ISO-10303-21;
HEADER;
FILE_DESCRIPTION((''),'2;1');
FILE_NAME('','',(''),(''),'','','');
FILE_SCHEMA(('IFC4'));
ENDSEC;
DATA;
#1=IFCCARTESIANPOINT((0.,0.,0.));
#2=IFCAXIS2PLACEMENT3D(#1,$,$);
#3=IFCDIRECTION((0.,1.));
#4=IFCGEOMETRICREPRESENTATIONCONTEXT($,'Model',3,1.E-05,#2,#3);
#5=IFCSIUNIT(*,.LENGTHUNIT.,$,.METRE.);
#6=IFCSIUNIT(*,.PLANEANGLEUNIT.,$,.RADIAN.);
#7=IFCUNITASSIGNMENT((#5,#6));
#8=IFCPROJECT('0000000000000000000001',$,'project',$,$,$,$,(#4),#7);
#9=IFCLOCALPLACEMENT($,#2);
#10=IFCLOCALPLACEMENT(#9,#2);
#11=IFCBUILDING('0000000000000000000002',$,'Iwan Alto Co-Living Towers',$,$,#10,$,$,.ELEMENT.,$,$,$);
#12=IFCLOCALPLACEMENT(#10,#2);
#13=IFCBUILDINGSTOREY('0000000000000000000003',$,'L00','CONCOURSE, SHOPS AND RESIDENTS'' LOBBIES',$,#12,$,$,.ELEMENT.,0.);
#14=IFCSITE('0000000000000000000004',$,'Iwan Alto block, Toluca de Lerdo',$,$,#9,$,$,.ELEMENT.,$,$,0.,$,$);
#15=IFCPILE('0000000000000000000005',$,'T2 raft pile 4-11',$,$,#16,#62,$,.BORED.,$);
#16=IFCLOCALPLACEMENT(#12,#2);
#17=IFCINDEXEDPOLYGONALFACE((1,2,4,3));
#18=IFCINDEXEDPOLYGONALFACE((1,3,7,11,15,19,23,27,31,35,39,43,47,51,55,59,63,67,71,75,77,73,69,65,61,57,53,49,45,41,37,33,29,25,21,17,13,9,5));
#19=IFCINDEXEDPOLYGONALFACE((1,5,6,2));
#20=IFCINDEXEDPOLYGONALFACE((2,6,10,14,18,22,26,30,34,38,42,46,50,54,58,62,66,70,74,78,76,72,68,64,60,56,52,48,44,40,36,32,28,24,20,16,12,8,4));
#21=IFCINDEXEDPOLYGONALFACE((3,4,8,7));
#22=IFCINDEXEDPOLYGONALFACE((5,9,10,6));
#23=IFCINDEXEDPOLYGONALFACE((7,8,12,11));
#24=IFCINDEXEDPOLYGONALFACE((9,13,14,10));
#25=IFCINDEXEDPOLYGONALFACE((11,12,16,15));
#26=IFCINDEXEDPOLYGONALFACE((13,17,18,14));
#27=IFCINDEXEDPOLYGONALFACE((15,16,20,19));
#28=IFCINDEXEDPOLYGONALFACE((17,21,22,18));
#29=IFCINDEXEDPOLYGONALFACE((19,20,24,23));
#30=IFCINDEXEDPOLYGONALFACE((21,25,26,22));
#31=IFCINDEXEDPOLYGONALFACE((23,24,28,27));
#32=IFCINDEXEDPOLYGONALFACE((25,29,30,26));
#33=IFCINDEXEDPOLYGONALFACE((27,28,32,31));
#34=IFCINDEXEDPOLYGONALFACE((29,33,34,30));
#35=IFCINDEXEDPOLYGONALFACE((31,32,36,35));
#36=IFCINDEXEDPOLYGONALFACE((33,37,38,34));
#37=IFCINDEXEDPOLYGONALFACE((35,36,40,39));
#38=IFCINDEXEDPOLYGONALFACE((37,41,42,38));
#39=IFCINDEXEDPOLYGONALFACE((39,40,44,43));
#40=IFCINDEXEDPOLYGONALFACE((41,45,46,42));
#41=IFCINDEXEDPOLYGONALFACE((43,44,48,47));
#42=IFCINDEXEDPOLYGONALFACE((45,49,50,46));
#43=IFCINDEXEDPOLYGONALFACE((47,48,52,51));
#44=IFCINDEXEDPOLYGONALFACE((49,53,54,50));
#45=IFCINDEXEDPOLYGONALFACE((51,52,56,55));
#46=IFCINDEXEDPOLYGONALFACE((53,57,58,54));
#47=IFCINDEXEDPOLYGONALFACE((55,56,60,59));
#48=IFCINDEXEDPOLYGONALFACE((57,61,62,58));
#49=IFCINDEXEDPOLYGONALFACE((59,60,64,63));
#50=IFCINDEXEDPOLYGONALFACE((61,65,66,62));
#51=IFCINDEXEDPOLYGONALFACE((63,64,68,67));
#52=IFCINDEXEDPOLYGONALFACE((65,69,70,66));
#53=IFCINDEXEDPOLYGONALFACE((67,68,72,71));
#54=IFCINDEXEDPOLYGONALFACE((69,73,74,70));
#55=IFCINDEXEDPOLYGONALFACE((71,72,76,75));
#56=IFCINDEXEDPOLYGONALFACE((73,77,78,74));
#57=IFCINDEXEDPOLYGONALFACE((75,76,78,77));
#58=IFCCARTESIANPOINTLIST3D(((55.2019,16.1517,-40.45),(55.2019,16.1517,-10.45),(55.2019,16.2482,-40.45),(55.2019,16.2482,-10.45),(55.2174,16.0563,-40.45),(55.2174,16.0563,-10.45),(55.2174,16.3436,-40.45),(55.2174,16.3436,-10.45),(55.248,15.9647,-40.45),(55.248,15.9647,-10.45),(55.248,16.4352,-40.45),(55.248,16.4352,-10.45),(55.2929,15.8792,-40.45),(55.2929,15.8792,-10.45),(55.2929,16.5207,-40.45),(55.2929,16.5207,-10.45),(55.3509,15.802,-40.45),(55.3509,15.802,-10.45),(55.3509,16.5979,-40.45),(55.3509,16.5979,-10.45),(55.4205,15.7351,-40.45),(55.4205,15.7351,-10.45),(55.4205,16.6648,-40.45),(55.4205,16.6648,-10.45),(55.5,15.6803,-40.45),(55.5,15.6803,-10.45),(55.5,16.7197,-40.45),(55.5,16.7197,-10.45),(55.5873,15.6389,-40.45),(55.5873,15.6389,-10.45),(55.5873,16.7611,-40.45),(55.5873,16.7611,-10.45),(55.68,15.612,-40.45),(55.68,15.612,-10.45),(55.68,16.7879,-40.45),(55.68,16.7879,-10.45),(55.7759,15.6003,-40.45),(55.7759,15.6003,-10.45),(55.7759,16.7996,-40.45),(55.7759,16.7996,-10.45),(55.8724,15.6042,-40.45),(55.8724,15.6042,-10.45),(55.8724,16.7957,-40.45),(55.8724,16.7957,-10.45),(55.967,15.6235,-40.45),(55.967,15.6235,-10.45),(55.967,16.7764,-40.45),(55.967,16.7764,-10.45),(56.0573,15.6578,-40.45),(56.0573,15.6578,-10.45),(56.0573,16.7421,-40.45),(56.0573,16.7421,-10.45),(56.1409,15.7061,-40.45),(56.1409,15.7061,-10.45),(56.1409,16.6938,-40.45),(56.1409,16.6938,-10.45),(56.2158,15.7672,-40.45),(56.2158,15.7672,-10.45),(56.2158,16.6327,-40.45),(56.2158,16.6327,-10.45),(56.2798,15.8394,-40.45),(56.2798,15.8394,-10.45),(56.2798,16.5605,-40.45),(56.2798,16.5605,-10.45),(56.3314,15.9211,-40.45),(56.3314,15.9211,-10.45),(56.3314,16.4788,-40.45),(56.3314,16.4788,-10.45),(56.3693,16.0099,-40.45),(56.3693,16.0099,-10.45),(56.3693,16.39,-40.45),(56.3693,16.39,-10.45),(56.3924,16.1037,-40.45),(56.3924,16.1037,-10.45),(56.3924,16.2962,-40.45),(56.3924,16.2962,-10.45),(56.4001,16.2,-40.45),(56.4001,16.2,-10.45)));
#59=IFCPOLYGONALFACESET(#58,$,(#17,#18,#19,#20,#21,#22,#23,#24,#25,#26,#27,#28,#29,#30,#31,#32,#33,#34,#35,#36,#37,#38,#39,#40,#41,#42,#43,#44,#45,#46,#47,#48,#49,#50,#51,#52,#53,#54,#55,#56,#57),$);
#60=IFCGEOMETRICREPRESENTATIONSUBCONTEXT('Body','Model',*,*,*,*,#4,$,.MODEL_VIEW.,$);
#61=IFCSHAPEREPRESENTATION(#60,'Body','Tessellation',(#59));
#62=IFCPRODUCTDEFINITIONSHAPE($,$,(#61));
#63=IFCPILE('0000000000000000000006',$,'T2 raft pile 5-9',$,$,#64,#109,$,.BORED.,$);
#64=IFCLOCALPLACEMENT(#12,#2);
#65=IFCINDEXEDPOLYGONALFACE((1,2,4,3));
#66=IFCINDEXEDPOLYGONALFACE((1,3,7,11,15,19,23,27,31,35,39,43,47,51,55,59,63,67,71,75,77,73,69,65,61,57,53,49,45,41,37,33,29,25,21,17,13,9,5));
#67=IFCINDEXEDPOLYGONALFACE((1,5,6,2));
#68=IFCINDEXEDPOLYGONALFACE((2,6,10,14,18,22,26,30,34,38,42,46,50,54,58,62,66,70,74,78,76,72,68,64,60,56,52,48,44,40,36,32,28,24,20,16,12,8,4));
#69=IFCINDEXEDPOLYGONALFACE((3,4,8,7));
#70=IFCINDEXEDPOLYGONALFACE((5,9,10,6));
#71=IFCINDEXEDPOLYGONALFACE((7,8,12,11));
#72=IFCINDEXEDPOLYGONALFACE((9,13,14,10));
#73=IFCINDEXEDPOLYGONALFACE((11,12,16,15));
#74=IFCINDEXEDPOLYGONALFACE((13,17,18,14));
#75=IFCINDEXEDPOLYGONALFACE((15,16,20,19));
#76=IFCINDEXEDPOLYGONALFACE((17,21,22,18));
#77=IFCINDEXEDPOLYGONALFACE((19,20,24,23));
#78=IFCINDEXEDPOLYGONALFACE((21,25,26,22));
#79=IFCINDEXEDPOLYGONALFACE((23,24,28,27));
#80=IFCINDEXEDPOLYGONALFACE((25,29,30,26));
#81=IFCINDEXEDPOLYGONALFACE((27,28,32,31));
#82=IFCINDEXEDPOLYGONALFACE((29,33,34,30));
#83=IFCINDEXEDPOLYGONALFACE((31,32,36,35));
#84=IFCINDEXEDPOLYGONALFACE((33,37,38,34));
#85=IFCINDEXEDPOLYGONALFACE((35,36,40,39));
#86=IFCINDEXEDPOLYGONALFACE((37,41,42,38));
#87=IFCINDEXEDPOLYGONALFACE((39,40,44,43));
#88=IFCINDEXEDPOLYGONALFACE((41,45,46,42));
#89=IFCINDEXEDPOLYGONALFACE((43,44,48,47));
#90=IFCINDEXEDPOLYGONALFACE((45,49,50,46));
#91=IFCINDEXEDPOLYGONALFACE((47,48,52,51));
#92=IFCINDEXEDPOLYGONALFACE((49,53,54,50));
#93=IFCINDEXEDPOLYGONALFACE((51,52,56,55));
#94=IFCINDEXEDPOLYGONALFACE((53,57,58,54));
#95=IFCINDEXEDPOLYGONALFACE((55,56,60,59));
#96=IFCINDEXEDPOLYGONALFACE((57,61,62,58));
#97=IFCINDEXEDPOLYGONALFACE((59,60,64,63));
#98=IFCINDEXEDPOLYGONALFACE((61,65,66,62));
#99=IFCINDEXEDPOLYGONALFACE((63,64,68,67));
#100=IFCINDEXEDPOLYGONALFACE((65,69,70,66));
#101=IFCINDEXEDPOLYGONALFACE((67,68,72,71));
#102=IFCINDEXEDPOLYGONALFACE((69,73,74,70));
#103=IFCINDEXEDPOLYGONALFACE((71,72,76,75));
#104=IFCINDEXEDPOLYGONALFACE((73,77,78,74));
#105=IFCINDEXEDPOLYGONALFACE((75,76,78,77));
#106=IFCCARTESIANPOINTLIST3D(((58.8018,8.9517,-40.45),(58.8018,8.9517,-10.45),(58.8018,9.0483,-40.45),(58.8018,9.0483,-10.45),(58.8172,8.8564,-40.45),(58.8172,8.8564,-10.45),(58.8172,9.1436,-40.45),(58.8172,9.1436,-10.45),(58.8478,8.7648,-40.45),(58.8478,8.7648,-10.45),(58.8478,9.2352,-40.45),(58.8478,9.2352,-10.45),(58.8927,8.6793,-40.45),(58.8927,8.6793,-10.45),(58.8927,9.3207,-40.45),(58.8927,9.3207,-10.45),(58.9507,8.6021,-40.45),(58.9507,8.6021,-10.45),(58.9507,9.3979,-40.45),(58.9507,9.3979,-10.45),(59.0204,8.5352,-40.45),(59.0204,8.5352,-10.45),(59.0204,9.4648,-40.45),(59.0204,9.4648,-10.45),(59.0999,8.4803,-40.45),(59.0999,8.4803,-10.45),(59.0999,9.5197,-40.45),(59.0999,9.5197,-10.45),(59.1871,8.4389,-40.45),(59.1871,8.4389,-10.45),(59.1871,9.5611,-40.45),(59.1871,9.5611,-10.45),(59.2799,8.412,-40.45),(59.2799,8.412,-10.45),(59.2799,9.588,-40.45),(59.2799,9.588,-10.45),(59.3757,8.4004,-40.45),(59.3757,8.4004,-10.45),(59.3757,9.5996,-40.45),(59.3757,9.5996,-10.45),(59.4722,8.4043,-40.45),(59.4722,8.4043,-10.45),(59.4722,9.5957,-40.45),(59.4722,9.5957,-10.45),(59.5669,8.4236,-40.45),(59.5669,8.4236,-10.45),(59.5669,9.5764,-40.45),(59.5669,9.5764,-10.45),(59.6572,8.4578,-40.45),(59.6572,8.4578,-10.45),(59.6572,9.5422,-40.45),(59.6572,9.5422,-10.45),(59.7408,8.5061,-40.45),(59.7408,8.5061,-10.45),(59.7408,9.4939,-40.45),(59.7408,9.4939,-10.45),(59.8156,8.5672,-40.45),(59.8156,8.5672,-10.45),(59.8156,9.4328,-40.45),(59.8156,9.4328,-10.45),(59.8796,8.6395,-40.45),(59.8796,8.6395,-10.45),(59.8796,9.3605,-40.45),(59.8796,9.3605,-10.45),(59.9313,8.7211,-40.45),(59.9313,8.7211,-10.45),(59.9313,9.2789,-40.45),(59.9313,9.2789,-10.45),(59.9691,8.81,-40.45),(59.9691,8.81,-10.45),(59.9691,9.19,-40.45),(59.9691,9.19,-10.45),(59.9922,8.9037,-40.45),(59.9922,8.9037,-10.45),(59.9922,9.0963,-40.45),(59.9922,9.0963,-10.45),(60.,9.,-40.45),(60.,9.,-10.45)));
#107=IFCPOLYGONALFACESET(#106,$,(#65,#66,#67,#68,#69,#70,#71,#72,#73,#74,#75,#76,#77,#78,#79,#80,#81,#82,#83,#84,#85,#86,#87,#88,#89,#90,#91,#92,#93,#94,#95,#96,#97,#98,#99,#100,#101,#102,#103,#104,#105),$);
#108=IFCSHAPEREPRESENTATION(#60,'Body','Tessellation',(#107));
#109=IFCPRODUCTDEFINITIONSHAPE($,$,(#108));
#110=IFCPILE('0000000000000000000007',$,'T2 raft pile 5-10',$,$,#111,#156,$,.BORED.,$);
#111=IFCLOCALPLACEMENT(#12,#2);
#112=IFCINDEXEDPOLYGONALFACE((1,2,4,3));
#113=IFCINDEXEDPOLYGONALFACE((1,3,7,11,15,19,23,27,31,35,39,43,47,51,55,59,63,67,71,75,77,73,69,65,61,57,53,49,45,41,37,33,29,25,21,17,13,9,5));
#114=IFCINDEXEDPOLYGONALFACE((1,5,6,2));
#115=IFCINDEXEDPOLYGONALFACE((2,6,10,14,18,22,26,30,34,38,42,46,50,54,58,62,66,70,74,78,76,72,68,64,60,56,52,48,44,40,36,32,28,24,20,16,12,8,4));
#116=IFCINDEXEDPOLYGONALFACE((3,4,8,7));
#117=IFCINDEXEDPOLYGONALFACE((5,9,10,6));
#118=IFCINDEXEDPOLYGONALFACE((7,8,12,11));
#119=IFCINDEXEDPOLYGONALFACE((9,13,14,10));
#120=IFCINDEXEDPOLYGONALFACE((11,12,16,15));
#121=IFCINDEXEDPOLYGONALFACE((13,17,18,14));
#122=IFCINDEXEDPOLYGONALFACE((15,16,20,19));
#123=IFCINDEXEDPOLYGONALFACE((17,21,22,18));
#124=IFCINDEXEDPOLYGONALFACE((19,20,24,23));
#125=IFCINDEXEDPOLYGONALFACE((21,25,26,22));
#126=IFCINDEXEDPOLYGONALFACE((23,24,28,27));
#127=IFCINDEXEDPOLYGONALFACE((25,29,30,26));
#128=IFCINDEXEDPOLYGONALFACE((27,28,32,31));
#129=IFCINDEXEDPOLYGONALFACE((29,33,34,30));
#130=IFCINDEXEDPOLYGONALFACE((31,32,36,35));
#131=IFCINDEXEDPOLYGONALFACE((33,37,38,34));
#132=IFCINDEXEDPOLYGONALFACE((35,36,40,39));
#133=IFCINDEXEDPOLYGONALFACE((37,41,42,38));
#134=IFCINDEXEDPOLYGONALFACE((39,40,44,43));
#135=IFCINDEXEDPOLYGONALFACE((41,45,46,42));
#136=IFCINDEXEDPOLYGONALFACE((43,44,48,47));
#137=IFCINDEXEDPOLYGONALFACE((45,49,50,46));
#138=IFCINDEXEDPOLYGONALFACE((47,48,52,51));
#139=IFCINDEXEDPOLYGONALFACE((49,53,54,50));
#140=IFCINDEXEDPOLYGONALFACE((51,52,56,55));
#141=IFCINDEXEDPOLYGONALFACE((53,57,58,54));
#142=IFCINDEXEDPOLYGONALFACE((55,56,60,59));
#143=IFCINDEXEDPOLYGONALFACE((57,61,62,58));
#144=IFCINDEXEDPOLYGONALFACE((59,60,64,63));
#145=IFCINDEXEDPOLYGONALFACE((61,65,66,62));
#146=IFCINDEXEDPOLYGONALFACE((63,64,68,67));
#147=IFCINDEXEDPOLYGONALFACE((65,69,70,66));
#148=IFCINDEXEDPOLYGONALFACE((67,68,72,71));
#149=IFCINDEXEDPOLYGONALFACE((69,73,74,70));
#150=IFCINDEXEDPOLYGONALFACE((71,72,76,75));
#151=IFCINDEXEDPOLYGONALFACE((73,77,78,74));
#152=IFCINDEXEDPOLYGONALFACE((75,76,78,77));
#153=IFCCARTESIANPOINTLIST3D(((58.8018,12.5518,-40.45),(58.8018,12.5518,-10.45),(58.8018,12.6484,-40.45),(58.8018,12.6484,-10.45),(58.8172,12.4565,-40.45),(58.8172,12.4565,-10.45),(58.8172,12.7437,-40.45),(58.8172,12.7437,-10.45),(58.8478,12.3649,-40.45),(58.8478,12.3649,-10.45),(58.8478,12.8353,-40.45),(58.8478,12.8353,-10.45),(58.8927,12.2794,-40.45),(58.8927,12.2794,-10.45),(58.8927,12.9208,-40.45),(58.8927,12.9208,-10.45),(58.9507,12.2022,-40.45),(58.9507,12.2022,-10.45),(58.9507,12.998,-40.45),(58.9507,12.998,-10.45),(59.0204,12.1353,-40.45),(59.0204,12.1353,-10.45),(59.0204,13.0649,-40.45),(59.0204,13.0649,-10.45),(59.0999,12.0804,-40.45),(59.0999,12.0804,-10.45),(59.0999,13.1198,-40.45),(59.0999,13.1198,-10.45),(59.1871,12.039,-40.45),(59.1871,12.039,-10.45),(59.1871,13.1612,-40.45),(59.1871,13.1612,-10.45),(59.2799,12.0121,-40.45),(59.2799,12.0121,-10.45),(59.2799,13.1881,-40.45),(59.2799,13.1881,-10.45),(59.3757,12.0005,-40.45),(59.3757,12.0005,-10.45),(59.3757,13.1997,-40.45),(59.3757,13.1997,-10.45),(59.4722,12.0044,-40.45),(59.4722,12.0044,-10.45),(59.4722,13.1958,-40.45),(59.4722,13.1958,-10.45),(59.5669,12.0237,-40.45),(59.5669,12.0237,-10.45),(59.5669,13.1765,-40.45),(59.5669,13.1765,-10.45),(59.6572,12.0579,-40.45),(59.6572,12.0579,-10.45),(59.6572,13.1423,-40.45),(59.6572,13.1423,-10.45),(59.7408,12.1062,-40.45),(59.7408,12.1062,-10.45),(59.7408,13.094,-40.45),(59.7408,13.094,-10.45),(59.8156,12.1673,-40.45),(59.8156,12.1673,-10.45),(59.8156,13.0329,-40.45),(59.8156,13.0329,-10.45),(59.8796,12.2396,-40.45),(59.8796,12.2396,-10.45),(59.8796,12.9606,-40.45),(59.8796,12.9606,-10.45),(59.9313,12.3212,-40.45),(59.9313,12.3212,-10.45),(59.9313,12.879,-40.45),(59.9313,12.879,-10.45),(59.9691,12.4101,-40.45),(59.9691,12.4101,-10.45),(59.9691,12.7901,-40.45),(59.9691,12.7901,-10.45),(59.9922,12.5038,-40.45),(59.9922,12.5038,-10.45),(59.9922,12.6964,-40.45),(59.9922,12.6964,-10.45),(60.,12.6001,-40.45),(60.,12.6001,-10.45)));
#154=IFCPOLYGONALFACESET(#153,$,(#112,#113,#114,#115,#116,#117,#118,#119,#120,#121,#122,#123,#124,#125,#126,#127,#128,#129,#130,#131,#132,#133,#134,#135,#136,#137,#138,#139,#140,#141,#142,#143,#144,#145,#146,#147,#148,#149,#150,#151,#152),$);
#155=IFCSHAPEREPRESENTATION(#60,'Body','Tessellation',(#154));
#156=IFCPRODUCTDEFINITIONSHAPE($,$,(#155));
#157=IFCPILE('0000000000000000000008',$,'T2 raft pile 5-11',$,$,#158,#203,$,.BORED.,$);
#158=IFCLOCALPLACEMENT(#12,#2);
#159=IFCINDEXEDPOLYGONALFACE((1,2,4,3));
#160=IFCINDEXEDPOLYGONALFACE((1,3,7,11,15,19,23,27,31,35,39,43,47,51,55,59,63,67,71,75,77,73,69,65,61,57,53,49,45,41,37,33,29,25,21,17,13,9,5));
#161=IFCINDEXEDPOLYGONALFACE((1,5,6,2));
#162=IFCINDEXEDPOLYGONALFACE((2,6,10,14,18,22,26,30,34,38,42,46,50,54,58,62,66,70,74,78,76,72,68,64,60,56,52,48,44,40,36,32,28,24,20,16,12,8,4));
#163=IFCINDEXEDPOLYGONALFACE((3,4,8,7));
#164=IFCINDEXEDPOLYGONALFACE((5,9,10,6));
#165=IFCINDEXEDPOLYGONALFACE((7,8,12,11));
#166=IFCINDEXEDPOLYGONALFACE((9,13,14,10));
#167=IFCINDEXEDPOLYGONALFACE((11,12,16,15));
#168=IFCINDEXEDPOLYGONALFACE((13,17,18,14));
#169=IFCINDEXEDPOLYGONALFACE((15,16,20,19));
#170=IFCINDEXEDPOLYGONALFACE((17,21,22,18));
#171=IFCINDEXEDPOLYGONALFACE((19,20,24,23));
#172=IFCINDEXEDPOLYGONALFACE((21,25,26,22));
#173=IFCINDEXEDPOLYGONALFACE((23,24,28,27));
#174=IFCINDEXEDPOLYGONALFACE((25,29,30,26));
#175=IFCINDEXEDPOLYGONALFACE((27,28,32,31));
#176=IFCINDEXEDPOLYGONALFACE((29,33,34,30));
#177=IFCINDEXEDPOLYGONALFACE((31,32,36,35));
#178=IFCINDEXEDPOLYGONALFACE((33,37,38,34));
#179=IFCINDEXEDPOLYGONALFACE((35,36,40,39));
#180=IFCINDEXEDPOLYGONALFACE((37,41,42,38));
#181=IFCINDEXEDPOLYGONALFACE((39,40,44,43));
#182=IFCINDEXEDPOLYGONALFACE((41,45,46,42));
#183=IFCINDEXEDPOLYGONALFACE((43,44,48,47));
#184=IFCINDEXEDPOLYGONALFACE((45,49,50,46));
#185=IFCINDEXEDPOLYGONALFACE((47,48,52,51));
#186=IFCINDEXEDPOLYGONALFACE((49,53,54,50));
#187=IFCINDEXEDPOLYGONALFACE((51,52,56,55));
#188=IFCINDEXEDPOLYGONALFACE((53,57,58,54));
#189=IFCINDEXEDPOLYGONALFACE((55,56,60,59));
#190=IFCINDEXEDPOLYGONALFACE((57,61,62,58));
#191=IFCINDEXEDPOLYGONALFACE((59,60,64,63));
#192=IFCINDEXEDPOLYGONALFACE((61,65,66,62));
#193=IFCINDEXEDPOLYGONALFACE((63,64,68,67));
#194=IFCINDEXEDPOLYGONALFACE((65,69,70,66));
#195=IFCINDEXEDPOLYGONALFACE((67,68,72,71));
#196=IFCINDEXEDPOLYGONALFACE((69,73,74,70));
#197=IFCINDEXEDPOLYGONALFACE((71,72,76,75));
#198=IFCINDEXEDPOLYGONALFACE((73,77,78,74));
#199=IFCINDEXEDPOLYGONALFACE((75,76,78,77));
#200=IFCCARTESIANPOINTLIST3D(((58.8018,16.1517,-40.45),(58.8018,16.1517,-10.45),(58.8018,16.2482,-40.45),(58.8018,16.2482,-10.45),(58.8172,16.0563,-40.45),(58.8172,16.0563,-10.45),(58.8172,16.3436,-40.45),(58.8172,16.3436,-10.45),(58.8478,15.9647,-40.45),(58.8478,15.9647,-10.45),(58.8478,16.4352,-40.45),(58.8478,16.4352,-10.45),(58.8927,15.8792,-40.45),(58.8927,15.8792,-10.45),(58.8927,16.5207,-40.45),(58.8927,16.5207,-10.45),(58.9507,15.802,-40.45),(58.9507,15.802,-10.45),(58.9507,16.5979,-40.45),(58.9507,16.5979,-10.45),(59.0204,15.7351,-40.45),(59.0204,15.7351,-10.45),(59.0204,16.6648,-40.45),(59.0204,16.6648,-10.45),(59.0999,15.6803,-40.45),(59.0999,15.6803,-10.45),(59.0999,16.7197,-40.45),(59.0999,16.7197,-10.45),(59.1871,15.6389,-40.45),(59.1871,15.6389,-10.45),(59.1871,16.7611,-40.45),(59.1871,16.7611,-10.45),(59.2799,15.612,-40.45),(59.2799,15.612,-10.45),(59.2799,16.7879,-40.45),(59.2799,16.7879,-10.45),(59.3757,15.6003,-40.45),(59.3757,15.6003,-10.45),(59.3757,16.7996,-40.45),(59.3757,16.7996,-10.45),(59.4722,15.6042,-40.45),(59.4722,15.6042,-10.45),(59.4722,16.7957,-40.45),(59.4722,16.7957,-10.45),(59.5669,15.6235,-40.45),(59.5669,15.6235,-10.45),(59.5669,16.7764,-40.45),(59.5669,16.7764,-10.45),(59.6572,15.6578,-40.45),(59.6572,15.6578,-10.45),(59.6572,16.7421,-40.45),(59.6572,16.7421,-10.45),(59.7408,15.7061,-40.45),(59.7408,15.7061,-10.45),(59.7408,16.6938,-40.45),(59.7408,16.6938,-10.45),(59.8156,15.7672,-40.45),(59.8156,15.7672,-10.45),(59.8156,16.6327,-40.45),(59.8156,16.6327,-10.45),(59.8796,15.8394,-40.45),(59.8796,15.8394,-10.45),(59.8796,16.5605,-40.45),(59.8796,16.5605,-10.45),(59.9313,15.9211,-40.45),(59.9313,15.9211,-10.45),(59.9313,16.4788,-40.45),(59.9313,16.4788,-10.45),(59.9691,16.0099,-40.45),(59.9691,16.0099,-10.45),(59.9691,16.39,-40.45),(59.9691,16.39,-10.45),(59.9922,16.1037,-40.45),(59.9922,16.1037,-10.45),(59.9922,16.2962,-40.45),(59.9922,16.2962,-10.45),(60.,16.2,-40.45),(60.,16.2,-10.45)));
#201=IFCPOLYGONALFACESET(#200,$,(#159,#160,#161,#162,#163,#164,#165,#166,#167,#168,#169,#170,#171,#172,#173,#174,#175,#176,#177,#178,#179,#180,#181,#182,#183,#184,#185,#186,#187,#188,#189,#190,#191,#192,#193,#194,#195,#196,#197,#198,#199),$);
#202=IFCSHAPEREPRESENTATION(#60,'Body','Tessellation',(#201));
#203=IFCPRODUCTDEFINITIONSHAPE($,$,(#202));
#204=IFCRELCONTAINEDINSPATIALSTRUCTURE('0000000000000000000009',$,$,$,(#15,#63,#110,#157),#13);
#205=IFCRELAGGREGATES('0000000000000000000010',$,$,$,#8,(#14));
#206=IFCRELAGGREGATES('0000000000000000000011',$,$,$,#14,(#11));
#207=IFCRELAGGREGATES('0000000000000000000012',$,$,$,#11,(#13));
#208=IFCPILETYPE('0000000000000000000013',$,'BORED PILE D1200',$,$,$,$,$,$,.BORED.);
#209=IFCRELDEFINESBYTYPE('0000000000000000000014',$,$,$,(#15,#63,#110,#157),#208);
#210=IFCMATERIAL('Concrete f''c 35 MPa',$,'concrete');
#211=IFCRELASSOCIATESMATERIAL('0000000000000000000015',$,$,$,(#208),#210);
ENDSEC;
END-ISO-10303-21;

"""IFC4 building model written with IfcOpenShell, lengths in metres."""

from ifc_helpers import new_model, si_unit, direction, frame, origin, origin_2d, place, context, subcontext, project, spatial, circle, extrude, material, material_profile, profile_set, type_object, element, save


model = new_model("IFC4")

# Units and contexts
model_context = context("Model", 3, precision=1e-05, world=origin(), true_north=direction((0.0, 1.0)))
body_context = subcontext(model_context, "Body", "Model", "MODEL_VIEW")
ifc_project = project(units=[si_unit("LENGTHUNIT", "METRE"), si_unit("PLANEANGLEUNIT", "RADIAN")], contexts=[model_context])

# Site, building, storey
site_placement = place(None, origin())
site = spatial("IfcSite", under=ifc_project, at=site_placement, Name="Iwan Alto block, Toluca de Lerdo", CompositionType="ELEMENT", RefElevation=0.0)
building_placement = place(site_placement, origin())
building = spatial("IfcBuilding", under=site, at=building_placement, Name="Iwan Alto Co-Living Towers", CompositionType="ELEMENT")
storey_placement = place(building_placement, origin())
storey = spatial("IfcBuildingStorey", under=building, at=storey_placement, Name="L00", Description="CONCOURSE, SHOPS AND RESIDENTS' LOBBIES", CompositionType="ELEMENT", Elevation=0.0)

# Piles
ifc_material_1 = material(Name="Concrete f'c 35 MPa", Category="concrete")
ifc_material_profile_1 = material_profile(ifc_material_1, circle(Radius=0.6001, at=origin_2d()), Name="D1200")
ifc_profile_set_1 = profile_set([ifc_material_profile_1], Name="Concrete f'c 35 MPa")
pile_type = type_object("IfcPileType", Name="BORED PILE D1200", PredefinedType="BORED", material=ifc_profile_set_1)
for number, where, z_axis, x_axis, name in (
    (1, (55.8, 16.2, -10.45), (0.0, 0.0, -1.0), (1.0, 0.0, 0.0), "T2 raft pile 4-11"),
    (2, (59.3999, 9.0, -10.45), (0.0, 0.0, -1.0), (1.0, 0.0, 0.0), "T2 raft pile 5-9"),
    (3, (59.3999, 12.6001, -10.45), (0.0, 0.0, -1.0), (1.0, 0.0, 0.0), "T2 raft pile 5-10"),
    (4, (59.3999, 16.2, -10.45), (0.0, 0.0, -1.0), (1.0, 0.0, 0.0), "T2 raft pile 5-11"),
):
    element("IfcPile", number, at=place(storey_placement, frame(where, z_axis=z_axis, x_axis=x_axis)), inside=storey, type_object=pile_type, Name=name, PredefinedType="BORED", context=body_context, shape_type="SweptSolid", body=[
        extrude(circle(Radius=0.6001, at=origin_2d()), origin(), (0.0, 0.0, 1.0), 30.0),
    ])

save(model, "model.ifc")
